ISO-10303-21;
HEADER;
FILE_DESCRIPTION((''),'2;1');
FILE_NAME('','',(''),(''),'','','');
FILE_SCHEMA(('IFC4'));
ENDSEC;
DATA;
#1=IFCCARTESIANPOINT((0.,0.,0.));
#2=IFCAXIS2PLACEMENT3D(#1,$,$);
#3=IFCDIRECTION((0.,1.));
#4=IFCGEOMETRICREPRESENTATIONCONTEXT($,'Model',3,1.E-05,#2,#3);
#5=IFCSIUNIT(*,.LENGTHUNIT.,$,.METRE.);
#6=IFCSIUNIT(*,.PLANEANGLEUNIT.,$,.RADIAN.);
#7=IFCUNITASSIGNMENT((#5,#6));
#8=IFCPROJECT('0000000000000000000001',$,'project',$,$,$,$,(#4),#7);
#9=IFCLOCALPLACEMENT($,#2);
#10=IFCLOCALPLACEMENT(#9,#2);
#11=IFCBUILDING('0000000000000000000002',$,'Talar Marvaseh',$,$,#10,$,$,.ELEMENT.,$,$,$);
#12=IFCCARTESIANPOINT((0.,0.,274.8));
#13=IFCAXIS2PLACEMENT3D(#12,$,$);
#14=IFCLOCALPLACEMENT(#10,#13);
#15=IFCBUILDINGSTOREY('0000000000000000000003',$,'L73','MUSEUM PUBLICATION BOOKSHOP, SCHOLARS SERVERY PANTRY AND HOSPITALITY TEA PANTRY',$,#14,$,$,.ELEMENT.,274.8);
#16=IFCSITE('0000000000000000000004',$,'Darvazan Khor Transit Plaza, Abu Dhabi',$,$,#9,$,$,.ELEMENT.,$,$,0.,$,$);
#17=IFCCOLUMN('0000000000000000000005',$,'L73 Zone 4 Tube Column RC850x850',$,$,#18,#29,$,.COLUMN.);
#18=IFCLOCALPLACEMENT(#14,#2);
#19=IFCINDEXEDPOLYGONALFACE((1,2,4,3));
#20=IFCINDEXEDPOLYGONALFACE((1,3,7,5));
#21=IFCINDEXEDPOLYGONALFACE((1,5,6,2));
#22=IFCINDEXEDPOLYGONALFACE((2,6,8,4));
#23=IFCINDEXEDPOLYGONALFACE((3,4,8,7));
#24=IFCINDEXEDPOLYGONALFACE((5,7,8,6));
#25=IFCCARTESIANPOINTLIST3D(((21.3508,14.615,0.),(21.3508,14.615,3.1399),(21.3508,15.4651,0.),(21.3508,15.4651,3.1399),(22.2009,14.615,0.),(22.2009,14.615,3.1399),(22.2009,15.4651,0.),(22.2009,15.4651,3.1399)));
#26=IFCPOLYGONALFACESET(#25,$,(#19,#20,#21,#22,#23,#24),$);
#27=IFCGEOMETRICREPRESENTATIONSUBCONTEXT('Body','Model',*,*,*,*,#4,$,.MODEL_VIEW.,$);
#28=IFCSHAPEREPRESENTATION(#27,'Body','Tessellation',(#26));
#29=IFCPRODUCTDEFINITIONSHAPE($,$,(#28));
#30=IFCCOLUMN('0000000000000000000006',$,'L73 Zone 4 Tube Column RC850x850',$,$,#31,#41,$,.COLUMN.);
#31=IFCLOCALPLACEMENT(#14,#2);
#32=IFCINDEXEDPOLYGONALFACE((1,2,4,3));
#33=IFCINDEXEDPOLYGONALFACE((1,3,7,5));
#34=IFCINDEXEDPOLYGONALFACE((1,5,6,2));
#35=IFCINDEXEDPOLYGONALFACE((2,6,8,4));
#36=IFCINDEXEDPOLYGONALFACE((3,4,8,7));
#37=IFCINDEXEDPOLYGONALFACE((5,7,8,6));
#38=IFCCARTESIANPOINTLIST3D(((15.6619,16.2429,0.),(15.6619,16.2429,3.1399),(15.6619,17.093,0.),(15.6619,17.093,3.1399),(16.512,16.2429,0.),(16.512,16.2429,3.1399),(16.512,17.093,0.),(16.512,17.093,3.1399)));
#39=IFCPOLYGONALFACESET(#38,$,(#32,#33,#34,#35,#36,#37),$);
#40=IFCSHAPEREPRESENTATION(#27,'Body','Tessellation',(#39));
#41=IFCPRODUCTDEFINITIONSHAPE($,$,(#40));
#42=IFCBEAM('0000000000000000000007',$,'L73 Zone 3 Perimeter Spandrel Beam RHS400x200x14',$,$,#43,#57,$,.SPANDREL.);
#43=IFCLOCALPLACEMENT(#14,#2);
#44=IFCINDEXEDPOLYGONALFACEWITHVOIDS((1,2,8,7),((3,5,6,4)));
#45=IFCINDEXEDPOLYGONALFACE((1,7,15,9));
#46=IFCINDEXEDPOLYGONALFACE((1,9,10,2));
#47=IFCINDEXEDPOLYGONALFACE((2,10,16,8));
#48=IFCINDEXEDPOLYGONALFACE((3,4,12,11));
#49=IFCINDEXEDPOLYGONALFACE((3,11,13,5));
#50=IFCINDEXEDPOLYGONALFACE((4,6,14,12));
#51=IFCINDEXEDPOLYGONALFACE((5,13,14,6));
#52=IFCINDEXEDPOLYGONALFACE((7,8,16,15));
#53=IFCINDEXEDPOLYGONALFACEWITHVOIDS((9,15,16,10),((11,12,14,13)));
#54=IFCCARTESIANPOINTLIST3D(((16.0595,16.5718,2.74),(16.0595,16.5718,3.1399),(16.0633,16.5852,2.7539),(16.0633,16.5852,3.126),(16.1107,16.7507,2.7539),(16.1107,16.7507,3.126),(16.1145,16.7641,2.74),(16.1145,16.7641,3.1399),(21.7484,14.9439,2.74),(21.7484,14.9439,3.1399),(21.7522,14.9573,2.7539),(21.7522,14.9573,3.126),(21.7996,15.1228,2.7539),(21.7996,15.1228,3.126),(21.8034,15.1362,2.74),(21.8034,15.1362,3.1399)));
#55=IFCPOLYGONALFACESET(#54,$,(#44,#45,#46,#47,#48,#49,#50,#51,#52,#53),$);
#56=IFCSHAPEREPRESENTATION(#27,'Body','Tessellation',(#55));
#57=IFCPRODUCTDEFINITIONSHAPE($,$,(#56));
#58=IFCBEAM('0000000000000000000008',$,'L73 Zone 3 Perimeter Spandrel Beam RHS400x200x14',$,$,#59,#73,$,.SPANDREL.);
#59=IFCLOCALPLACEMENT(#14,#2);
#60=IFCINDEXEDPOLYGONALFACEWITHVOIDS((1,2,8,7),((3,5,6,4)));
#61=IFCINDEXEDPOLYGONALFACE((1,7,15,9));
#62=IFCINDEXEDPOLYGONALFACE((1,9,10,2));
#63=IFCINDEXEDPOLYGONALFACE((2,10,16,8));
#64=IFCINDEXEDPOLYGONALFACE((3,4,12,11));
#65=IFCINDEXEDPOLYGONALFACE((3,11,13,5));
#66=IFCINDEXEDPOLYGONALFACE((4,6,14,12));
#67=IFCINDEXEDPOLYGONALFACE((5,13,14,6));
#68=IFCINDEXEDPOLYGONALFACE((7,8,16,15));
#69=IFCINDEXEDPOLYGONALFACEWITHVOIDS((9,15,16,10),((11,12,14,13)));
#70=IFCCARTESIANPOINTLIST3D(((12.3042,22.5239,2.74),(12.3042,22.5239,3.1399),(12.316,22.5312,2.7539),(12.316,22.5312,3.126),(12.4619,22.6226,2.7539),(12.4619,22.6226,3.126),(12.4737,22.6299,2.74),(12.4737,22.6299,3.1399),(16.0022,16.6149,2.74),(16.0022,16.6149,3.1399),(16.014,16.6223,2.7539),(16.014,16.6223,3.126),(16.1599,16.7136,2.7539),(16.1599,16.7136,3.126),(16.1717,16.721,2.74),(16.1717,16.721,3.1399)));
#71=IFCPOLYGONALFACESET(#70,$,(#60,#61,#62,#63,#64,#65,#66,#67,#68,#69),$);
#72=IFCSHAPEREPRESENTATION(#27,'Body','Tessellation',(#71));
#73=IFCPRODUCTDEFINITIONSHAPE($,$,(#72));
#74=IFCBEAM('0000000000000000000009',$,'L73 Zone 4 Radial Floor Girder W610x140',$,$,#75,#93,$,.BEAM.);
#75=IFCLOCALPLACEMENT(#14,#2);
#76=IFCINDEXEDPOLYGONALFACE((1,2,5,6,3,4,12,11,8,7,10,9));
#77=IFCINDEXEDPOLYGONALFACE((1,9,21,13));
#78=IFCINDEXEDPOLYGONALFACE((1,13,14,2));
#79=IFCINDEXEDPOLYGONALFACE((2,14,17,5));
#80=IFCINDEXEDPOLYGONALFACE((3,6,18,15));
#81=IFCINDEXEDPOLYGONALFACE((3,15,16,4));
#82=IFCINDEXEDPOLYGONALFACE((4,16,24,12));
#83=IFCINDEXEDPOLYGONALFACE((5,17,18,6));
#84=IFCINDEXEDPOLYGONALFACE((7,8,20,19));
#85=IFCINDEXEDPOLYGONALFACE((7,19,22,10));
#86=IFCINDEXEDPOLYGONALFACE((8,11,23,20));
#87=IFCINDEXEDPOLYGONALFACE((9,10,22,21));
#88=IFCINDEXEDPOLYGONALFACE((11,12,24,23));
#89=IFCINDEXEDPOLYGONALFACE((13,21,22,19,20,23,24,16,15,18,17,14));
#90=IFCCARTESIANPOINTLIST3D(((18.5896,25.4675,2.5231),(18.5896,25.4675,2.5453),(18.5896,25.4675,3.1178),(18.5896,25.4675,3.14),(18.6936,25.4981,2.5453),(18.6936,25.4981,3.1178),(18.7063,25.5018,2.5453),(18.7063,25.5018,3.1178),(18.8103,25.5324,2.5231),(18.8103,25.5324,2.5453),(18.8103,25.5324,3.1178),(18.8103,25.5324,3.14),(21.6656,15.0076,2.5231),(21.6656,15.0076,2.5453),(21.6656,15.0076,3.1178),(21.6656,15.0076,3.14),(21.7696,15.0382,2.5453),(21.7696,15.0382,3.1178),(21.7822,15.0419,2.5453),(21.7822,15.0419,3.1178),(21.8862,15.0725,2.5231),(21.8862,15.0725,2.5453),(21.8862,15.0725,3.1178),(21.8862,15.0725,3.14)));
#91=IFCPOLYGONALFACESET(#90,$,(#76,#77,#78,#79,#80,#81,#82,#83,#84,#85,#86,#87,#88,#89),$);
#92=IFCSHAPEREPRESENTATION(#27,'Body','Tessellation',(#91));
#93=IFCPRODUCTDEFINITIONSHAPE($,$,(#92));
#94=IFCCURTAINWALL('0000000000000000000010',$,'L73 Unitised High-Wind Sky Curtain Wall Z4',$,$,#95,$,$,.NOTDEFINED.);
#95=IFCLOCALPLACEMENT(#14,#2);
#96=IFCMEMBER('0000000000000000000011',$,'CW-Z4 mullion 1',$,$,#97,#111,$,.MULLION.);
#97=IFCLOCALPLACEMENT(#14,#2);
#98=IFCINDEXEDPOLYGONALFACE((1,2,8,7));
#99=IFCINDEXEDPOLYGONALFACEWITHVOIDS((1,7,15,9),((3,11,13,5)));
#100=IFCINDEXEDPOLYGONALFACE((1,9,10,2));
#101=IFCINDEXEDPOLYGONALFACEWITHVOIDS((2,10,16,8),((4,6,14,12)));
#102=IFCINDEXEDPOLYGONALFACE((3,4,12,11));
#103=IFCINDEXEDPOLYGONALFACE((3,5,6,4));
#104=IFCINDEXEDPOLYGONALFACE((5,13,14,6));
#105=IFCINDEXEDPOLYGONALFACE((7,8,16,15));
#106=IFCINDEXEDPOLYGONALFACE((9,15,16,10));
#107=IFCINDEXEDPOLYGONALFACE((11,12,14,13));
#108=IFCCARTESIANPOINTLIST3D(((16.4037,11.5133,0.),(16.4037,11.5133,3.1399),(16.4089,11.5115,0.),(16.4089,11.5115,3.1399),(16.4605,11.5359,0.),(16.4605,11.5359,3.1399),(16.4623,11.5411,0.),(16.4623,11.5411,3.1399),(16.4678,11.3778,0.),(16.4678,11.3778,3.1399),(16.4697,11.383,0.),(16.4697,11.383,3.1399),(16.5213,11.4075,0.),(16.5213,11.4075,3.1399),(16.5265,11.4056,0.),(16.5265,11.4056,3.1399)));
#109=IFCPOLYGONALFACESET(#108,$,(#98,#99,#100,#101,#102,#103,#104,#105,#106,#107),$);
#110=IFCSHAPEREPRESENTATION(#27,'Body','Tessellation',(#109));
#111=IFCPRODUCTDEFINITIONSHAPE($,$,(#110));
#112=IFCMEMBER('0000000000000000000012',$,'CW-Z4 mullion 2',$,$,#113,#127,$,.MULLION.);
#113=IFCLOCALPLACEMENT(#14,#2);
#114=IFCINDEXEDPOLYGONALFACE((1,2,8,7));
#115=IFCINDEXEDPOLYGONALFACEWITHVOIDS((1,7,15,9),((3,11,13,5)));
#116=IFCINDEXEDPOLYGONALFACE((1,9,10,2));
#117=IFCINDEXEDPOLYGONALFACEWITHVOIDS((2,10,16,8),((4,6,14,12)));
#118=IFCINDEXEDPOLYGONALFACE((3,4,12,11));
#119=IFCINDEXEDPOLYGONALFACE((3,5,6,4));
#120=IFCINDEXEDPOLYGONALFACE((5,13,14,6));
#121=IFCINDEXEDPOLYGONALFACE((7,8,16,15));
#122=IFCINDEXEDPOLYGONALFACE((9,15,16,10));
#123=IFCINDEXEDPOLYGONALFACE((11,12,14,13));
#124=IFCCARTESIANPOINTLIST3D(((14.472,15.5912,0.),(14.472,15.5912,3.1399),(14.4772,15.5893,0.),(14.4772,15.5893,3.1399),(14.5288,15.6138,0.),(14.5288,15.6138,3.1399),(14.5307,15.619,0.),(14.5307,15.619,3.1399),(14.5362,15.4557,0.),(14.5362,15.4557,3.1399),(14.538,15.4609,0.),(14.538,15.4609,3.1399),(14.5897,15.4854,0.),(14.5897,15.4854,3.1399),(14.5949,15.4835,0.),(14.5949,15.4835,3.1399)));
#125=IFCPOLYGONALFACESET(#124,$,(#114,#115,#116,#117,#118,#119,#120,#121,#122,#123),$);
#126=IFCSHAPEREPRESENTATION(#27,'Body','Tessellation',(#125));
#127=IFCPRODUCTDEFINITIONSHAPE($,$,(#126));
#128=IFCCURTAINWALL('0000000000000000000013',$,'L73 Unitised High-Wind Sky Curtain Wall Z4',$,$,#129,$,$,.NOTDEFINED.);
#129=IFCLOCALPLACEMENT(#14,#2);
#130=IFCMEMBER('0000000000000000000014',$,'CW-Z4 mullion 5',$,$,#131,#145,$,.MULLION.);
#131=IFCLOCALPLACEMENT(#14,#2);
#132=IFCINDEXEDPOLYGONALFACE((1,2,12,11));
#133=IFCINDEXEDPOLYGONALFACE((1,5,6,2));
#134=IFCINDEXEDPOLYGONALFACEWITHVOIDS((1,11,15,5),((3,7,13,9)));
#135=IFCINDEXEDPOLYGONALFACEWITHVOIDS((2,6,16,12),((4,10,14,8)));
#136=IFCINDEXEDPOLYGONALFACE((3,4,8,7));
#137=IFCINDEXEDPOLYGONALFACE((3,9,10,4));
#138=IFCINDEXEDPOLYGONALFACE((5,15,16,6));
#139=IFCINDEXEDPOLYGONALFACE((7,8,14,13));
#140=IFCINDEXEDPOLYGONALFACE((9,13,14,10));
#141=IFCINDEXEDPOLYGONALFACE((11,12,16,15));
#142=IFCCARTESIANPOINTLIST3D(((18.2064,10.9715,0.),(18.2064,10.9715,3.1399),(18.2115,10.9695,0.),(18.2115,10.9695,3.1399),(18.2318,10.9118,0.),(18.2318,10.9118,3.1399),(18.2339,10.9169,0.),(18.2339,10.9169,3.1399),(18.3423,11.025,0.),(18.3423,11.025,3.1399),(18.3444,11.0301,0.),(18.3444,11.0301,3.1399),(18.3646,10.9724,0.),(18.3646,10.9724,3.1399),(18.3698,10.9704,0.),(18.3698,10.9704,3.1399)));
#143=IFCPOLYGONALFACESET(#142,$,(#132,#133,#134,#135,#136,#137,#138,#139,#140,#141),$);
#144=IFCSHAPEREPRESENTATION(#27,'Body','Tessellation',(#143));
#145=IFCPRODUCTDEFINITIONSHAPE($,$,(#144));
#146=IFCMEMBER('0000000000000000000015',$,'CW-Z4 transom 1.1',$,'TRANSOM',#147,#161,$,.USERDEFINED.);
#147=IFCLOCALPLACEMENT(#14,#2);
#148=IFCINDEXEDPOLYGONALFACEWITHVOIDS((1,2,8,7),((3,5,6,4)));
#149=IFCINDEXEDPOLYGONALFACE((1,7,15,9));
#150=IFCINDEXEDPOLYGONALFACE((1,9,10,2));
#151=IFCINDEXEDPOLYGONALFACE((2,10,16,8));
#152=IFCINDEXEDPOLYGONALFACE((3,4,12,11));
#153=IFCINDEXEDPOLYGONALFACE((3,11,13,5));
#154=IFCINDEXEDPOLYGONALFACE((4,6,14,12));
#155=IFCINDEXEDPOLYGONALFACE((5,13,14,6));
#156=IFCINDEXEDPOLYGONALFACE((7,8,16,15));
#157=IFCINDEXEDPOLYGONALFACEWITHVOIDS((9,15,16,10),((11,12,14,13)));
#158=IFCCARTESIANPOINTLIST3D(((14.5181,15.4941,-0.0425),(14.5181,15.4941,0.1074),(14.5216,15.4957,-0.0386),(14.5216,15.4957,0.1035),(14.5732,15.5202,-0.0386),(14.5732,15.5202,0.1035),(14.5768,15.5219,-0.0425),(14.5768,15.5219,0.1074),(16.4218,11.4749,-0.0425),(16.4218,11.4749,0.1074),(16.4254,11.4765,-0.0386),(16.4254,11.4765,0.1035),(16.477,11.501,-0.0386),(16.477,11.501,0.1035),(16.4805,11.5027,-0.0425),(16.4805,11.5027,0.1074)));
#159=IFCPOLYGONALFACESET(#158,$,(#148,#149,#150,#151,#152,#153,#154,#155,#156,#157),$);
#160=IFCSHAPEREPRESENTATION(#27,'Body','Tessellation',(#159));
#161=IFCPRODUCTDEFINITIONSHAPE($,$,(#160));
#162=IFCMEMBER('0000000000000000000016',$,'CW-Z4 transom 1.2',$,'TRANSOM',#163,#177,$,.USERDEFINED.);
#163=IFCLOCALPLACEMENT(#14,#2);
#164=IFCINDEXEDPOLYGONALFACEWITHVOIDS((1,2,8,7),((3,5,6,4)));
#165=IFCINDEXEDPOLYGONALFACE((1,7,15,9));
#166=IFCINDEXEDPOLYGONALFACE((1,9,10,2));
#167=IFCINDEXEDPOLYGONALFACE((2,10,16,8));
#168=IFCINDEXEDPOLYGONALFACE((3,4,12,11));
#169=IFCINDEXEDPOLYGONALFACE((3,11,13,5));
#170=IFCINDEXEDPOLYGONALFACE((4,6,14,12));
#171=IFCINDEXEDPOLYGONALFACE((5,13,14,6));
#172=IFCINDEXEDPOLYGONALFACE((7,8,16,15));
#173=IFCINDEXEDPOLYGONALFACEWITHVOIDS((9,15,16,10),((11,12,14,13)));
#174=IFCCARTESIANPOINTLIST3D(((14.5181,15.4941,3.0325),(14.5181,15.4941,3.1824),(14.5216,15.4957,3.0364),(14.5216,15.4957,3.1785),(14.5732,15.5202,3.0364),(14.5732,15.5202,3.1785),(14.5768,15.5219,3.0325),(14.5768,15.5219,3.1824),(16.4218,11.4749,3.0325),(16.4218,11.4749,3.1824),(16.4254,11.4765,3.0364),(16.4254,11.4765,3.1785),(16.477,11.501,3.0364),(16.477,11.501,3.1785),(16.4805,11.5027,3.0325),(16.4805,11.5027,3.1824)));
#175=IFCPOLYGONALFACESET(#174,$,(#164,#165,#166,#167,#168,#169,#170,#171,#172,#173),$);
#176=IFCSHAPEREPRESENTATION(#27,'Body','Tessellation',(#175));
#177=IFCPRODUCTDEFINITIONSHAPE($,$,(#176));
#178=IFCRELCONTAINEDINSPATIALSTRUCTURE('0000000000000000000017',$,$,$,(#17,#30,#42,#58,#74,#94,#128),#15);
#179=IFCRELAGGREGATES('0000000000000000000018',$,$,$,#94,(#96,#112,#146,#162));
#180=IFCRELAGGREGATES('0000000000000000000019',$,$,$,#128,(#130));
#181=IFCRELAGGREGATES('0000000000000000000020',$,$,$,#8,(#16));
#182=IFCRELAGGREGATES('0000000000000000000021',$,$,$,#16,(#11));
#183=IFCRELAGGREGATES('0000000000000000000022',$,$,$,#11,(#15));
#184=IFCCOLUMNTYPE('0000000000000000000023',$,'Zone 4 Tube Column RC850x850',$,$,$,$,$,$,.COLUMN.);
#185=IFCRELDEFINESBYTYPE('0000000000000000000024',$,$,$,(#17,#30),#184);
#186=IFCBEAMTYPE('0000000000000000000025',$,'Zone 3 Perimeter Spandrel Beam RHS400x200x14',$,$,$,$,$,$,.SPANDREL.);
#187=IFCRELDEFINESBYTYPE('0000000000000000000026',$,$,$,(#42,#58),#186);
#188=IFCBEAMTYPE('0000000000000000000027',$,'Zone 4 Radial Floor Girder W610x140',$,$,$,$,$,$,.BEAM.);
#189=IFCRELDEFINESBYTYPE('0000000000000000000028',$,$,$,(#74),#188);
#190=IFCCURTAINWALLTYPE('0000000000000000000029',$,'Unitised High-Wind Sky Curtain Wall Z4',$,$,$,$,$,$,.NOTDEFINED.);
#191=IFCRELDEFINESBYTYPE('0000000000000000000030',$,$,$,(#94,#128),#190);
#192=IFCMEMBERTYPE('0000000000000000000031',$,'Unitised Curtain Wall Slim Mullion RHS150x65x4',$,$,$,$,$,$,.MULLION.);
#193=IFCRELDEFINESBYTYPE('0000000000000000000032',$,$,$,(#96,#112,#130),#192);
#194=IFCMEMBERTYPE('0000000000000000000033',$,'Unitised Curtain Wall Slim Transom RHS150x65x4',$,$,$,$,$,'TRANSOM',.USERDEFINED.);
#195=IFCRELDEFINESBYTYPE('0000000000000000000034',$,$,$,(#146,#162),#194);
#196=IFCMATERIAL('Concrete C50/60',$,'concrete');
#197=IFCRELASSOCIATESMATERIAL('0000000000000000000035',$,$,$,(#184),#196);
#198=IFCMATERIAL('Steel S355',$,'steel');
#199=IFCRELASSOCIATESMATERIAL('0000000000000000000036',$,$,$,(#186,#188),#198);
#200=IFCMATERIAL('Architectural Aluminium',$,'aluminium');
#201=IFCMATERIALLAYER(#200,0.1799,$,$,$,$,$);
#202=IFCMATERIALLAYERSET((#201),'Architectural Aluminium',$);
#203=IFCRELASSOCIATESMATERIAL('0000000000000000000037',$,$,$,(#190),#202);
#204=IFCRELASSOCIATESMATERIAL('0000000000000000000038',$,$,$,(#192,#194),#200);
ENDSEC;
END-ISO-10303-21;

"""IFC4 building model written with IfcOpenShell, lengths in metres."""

from ifc_helpers import new_model, si_unit, direction, frame, origin, origin_2d, place, context, subcontext, project, spatial, rectangle, hollow_rectangle, i_section, extrude, source, transform, mapped, material, layer, layer_set, material_profile, profile_set, type_object, type_shapes, element, aggregate, save


model = new_model("IFC4")

# Units and contexts
model_context = context("Model", 3, precision=1e-05, world=origin(), true_north=direction((0.0, 1.0)))
body_context = subcontext(model_context, "Body", "Model", "MODEL_VIEW")
ifc_project = project(units=[si_unit("LENGTHUNIT", "METRE"), si_unit("PLANEANGLEUNIT", "RADIAN")], contexts=[model_context])

# Site, building, storey
site_placement = place(None, origin())
site = spatial("IfcSite", under=ifc_project, at=site_placement, Name="Darvazan Khor Transit Plaza, Abu Dhabi", CompositionType="ELEMENT", RefElevation=0.0)
building_placement = place(site_placement, origin())
building = spatial("IfcBuilding", under=site, at=building_placement, Name="Talar Marvaseh", CompositionType="ELEMENT")
storey_placement = place(building_placement, frame((0.0, 0.0, 274.8)))
storey = spatial("IfcBuildingStorey", under=building, at=storey_placement, Name="L73", Description="MUSEUM PUBLICATION BOOKSHOP, SCHOLARS SERVERY PANTRY AND HOSPITALITY TEA PANTRY", CompositionType="ELEMENT", Elevation=274.8)

# Columns
ifc_material_1 = material(Name="Concrete C50/60", Category="concrete")
ifc_material_profile_1 = material_profile(ifc_material_1, rectangle(XDim=0.8501, YDim=0.8501, at=origin_2d()), Name="RC850x850")
ifc_profile_set_1 = profile_set([ifc_material_profile_1], Name="Concrete C50/60")
column_type = type_object("IfcColumnType", Name="Zone 4 Tube Column RC850x850", PredefinedType="COLUMN", material=ifc_profile_set_1)
for number, where, z_axis, x_axis, name in (
    (1, (21.7759, 15.04, 0.0), (0.0, 0.0, 1.0), (1.0, 0.0, 0.0), "L73 Zone 4 Tube Column RC850x850"),
    (2, (16.0869, 16.668, 0.0), (0.0, 0.0, 1.0), (1.0, 0.0, 0.0), "L73 Zone 4 Tube Column RC850x850"),
):
    element("IfcColumn", number, at=place(storey_placement, frame(where, z_axis=z_axis, x_axis=x_axis)), inside=storey, type_object=column_type, Name=name, PredefinedType="COLUMN", context=body_context, shape_type="SweptSolid", body=[
        extrude(rectangle(XDim=0.8501, YDim=0.8501, at=origin_2d()), origin(), (0.0, 0.0, 1.0), 3.1399),
    ])

# Beams
ifc_material_2 = material(Name="Steel S355", Category="steel")
ifc_material_profile_2 = material_profile(ifc_material_2, hollow_rectangle(XDim=0.2, YDim=0.3999, WallThickness=0.0139, at=origin_2d()), Name="RHS400x200x14")
ifc_profile_set_2 = profile_set([ifc_material_profile_2], Name="Steel S355")
beam_type_1 = type_object("IfcBeamType", Name="Zone 3 Perimeter Spandrel Beam RHS400x200x14", PredefinedType="SPANDREL", material=ifc_profile_set_2)
beam_1_placement = place(storey_placement, frame((21.7759, 15.04, 2.9399), z_axis=(-0.961412, 0.275113, 0.0), x_axis=(-0.275113, -0.961412, 0.0)))
element("IfcBeam", 3, at=beam_1_placement, inside=storey, type_object=beam_type_1, Name="L73 Zone 3 Perimeter Spandrel Beam RHS400x200x14", PredefinedType="SPANDREL", context=body_context, shape_type="SweptSolid", body=[
    extrude(hollow_rectangle(XDim=0.2, YDim=0.3999, WallThickness=0.0139, at=origin_2d()), origin(), (0.0, 0.0, 1.0), 5.9172),
])
beam_2_placement = place(storey_placement, frame((16.0869, 16.668, 2.9399), z_axis=(-0.530506, 0.847681, 0.0), x_axis=(-0.847681, -0.530506, 0.0)))
element("IfcBeam", 4, at=beam_2_placement, inside=storey, type_object=beam_type_1, Name="L73 Zone 3 Perimeter Spandrel Beam RHS400x200x14", PredefinedType="SPANDREL", context=body_context, shape_type="SweptSolid", body=[
    extrude(hollow_rectangle(XDim=0.2, YDim=0.3999, WallThickness=0.0139, at=origin_2d()), origin(), (0.0, 0.0, 1.0), 6.9707),
])
ifc_material_profile_3 = material_profile(ifc_material_2, i_section(OverallWidth=0.23, OverallDepth=0.6169, WebThickness=0.0132, FlangeThickness=0.0222, at=origin_2d()), Name="W610x140")
ifc_profile_set_3 = profile_set([ifc_material_profile_3], Name="Steel S355")
beam_type_2 = type_object("IfcBeamType", Name="Zone 4 Radial Floor Girder W610x140", PredefinedType="BEAM", material=ifc_profile_set_3)
beam_3_placement = place(storey_placement, frame((21.7759, 15.04, 2.8315), z_axis=(-0.282121, 0.959379, 0.0), x_axis=(-0.959379, -0.282121, 0.0)))
element("IfcBeam", 5, at=beam_3_placement, inside=storey, type_object=beam_type_2, Name="L73 Zone 4 Radial Floor Girder W610x140", PredefinedType="BEAM", context=body_context, shape_type="SweptSolid", body=[
    extrude(i_section(OverallWidth=0.23, OverallDepth=0.6169, WebThickness=0.0132, FlangeThickness=0.0222, at=origin_2d()), origin(), (0.0, 0.0, 1.0), 10.9028),
])

# Curtain wall, members
ifc_material_3 = material(Name="Architectural Aluminium", Category="aluminium")
ifc_layer_1 = layer(ifc_material_3, 0.1799)
ifc_layer_set_1 = layer_set([ifc_layer_1], Name="Architectural Aluminium")
curtain_wall_type = type_object("IfcCurtainWallType", Name="Unitised High-Wind Sky Curtain Wall Z4", PredefinedType="NOTDEFINED", material=ifc_layer_set_1)
curtain_wall_1_placement = place(storey_placement, origin())
curtain_wall_1 = element("IfcCurtainWall", 6, at=curtain_wall_1_placement, inside=storey, type_object=curtain_wall_type, Name="L73 Unitised High-Wind Sky Curtain Wall Z4", PredefinedType="NOTDEFINED")
ifc_material_profile_4 = material_profile(ifc_material_3, hollow_rectangle(XDim=0.0649, YDim=0.1499, WallThickness=0.0039, at=origin_2d()), Name="RHS150x65x4")
ifc_profile_set_4 = profile_set([ifc_material_profile_4], Name="Architectural Aluminium")
member_type_1 = type_object("IfcMemberType", Name="Unitised Curtain Wall Slim Mullion RHS150x65x4", PredefinedType="MULLION", material=ifc_profile_set_4)
shared_shape_1 = source(origin(), body_context, "Body", "SweptSolid", [
    extrude(hollow_rectangle(XDim=0.0649, YDim=0.1499, WallThickness=0.0039, at=origin_2d()), origin(), (0.0, 0.0, 1.0), 3.1399),
])
type_shapes(member_type_1, [shared_shape_1])
member_1_placement = place(storey_placement, frame((16.4651, 11.4595, 0.0), z_axis=(0.0, 0.0, 1.0), x_axis=(-0.903736, -0.42809, 0.0)))
member_1 = element("IfcMember", 7, at=member_1_placement, type_object=member_type_1, Name="CW-Z4 mullion 1", PredefinedType="MULLION", context=body_context, shape_type="MappedRepresentation", body=[
    mapped(shared_shape_1, transform((0.0, 0.0, 0.0), x_axis=(1.0, 0.0, 0.0), y_axis=(0.0, 1.0, 0.0), z_axis=(0.0, 0.0, 1.0), scale=1.0)),
])
member_2_placement = place(storey_placement, frame((14.5334, 15.5374, 0.0), z_axis=(0.0, 0.0, 1.0), x_axis=(-0.903736, -0.42809, 0.0)))
member_2 = element("IfcMember", 8, at=member_2_placement, type_object=member_type_1, Name="CW-Z4 mullion 2", PredefinedType="MULLION", context=body_context, shape_type="MappedRepresentation", body=[
    mapped(shared_shape_1, transform((0.0, 0.0, 0.0), x_axis=(1.0, 0.0, 0.0), y_axis=(0.0, 1.0, 0.0), z_axis=(0.0, 0.0, 1.0), scale=1.0)),
])

# Curtain wall, member
curtain_wall_2_placement = place(storey_placement, origin())
curtain_wall_2 = element("IfcCurtainWall", 9, at=curtain_wall_2_placement, inside=storey, type_object=curtain_wall_type, Name="L73 Unitised High-Wind Sky Curtain Wall Z4", PredefinedType="NOTDEFINED")
member_3_placement = place(storey_placement, frame((18.2881, 10.9709, 0.0), z_axis=(0.0, 0.0, 1.0), x_axis=(0.390873, -0.920445, 0.0)))
member_3 = element("IfcMember", 10, at=member_3_placement, type_object=member_type_1, Name="CW-Z4 mullion 5", PredefinedType="MULLION", context=body_context, shape_type="MappedRepresentation", body=[
    mapped(shared_shape_1, transform((0.0, 0.0, 0.0), x_axis=(1.0, 0.0, 0.0), y_axis=(0.0, 1.0, 0.0), z_axis=(0.0, 0.0, 1.0), scale=1.0)),
])

# Members
ifc_material_profile_5 = material_profile(ifc_material_3, hollow_rectangle(XDim=0.0649, YDim=0.1499, WallThickness=0.0039, at=origin_2d()), Name="RHS150x65x4")
ifc_profile_set_5 = profile_set([ifc_material_profile_5], Name="Architectural Aluminium")
member_type_2 = type_object("IfcMemberType", Name="Unitised Curtain Wall Slim Transom RHS150x65x4", ElementType="TRANSOM", PredefinedType="USERDEFINED", material=ifc_profile_set_5)
shared_shape_2 = source(origin(), body_context, "Body", "SweptSolid", [
    extrude(hollow_rectangle(XDim=0.0649, YDim=0.1499, WallThickness=0.0039, at=origin_2d()), origin(), (0.0, 0.0, 1.0), 4.4473),
])
member_4_placement = place(storey_placement, frame((16.4512, 11.4888, 0.0325), z_axis=(-0.428075, 0.903743, 0.0), x_axis=(-0.903743, -0.428075, 0.0)))
member_4 = element("IfcMember", 11, at=member_4_placement, type_object=member_type_2, Name="CW-Z4 transom 1.1", ObjectType="TRANSOM", PredefinedType="USERDEFINED", context=body_context, shape_type="MappedRepresentation", body=[
    mapped(shared_shape_2, transform((0.0, 0.0, 0.0), x_axis=(1.0, 0.0, 0.0), y_axis=(0.0, 1.0, 0.0), z_axis=(0.0, 0.0, 1.0), scale=1.0)),
])
member_5_placement = place(storey_placement, frame((16.4512, 11.4888, 3.1074), z_axis=(-0.428075, 0.903743, 0.0), x_axis=(-0.903743, -0.428075, 0.0)))
member_5 = element("IfcMember", 12, at=member_5_placement, type_object=member_type_2, Name="CW-Z4 transom 1.2", ObjectType="TRANSOM", PredefinedType="USERDEFINED", context=body_context, shape_type="MappedRepresentation", body=[
    mapped(shared_shape_2, transform((0.0, 0.0, 0.0), x_axis=(1.0, 0.0, 0.0), y_axis=(0.0, 1.0, 0.0), z_axis=(0.0, 0.0, 1.0), scale=1.0)),
])

aggregate(curtain_wall_1, [member_1, member_2, member_4, member_5])
aggregate(curtain_wall_2, [member_3])

save(model, "model.ifc")
